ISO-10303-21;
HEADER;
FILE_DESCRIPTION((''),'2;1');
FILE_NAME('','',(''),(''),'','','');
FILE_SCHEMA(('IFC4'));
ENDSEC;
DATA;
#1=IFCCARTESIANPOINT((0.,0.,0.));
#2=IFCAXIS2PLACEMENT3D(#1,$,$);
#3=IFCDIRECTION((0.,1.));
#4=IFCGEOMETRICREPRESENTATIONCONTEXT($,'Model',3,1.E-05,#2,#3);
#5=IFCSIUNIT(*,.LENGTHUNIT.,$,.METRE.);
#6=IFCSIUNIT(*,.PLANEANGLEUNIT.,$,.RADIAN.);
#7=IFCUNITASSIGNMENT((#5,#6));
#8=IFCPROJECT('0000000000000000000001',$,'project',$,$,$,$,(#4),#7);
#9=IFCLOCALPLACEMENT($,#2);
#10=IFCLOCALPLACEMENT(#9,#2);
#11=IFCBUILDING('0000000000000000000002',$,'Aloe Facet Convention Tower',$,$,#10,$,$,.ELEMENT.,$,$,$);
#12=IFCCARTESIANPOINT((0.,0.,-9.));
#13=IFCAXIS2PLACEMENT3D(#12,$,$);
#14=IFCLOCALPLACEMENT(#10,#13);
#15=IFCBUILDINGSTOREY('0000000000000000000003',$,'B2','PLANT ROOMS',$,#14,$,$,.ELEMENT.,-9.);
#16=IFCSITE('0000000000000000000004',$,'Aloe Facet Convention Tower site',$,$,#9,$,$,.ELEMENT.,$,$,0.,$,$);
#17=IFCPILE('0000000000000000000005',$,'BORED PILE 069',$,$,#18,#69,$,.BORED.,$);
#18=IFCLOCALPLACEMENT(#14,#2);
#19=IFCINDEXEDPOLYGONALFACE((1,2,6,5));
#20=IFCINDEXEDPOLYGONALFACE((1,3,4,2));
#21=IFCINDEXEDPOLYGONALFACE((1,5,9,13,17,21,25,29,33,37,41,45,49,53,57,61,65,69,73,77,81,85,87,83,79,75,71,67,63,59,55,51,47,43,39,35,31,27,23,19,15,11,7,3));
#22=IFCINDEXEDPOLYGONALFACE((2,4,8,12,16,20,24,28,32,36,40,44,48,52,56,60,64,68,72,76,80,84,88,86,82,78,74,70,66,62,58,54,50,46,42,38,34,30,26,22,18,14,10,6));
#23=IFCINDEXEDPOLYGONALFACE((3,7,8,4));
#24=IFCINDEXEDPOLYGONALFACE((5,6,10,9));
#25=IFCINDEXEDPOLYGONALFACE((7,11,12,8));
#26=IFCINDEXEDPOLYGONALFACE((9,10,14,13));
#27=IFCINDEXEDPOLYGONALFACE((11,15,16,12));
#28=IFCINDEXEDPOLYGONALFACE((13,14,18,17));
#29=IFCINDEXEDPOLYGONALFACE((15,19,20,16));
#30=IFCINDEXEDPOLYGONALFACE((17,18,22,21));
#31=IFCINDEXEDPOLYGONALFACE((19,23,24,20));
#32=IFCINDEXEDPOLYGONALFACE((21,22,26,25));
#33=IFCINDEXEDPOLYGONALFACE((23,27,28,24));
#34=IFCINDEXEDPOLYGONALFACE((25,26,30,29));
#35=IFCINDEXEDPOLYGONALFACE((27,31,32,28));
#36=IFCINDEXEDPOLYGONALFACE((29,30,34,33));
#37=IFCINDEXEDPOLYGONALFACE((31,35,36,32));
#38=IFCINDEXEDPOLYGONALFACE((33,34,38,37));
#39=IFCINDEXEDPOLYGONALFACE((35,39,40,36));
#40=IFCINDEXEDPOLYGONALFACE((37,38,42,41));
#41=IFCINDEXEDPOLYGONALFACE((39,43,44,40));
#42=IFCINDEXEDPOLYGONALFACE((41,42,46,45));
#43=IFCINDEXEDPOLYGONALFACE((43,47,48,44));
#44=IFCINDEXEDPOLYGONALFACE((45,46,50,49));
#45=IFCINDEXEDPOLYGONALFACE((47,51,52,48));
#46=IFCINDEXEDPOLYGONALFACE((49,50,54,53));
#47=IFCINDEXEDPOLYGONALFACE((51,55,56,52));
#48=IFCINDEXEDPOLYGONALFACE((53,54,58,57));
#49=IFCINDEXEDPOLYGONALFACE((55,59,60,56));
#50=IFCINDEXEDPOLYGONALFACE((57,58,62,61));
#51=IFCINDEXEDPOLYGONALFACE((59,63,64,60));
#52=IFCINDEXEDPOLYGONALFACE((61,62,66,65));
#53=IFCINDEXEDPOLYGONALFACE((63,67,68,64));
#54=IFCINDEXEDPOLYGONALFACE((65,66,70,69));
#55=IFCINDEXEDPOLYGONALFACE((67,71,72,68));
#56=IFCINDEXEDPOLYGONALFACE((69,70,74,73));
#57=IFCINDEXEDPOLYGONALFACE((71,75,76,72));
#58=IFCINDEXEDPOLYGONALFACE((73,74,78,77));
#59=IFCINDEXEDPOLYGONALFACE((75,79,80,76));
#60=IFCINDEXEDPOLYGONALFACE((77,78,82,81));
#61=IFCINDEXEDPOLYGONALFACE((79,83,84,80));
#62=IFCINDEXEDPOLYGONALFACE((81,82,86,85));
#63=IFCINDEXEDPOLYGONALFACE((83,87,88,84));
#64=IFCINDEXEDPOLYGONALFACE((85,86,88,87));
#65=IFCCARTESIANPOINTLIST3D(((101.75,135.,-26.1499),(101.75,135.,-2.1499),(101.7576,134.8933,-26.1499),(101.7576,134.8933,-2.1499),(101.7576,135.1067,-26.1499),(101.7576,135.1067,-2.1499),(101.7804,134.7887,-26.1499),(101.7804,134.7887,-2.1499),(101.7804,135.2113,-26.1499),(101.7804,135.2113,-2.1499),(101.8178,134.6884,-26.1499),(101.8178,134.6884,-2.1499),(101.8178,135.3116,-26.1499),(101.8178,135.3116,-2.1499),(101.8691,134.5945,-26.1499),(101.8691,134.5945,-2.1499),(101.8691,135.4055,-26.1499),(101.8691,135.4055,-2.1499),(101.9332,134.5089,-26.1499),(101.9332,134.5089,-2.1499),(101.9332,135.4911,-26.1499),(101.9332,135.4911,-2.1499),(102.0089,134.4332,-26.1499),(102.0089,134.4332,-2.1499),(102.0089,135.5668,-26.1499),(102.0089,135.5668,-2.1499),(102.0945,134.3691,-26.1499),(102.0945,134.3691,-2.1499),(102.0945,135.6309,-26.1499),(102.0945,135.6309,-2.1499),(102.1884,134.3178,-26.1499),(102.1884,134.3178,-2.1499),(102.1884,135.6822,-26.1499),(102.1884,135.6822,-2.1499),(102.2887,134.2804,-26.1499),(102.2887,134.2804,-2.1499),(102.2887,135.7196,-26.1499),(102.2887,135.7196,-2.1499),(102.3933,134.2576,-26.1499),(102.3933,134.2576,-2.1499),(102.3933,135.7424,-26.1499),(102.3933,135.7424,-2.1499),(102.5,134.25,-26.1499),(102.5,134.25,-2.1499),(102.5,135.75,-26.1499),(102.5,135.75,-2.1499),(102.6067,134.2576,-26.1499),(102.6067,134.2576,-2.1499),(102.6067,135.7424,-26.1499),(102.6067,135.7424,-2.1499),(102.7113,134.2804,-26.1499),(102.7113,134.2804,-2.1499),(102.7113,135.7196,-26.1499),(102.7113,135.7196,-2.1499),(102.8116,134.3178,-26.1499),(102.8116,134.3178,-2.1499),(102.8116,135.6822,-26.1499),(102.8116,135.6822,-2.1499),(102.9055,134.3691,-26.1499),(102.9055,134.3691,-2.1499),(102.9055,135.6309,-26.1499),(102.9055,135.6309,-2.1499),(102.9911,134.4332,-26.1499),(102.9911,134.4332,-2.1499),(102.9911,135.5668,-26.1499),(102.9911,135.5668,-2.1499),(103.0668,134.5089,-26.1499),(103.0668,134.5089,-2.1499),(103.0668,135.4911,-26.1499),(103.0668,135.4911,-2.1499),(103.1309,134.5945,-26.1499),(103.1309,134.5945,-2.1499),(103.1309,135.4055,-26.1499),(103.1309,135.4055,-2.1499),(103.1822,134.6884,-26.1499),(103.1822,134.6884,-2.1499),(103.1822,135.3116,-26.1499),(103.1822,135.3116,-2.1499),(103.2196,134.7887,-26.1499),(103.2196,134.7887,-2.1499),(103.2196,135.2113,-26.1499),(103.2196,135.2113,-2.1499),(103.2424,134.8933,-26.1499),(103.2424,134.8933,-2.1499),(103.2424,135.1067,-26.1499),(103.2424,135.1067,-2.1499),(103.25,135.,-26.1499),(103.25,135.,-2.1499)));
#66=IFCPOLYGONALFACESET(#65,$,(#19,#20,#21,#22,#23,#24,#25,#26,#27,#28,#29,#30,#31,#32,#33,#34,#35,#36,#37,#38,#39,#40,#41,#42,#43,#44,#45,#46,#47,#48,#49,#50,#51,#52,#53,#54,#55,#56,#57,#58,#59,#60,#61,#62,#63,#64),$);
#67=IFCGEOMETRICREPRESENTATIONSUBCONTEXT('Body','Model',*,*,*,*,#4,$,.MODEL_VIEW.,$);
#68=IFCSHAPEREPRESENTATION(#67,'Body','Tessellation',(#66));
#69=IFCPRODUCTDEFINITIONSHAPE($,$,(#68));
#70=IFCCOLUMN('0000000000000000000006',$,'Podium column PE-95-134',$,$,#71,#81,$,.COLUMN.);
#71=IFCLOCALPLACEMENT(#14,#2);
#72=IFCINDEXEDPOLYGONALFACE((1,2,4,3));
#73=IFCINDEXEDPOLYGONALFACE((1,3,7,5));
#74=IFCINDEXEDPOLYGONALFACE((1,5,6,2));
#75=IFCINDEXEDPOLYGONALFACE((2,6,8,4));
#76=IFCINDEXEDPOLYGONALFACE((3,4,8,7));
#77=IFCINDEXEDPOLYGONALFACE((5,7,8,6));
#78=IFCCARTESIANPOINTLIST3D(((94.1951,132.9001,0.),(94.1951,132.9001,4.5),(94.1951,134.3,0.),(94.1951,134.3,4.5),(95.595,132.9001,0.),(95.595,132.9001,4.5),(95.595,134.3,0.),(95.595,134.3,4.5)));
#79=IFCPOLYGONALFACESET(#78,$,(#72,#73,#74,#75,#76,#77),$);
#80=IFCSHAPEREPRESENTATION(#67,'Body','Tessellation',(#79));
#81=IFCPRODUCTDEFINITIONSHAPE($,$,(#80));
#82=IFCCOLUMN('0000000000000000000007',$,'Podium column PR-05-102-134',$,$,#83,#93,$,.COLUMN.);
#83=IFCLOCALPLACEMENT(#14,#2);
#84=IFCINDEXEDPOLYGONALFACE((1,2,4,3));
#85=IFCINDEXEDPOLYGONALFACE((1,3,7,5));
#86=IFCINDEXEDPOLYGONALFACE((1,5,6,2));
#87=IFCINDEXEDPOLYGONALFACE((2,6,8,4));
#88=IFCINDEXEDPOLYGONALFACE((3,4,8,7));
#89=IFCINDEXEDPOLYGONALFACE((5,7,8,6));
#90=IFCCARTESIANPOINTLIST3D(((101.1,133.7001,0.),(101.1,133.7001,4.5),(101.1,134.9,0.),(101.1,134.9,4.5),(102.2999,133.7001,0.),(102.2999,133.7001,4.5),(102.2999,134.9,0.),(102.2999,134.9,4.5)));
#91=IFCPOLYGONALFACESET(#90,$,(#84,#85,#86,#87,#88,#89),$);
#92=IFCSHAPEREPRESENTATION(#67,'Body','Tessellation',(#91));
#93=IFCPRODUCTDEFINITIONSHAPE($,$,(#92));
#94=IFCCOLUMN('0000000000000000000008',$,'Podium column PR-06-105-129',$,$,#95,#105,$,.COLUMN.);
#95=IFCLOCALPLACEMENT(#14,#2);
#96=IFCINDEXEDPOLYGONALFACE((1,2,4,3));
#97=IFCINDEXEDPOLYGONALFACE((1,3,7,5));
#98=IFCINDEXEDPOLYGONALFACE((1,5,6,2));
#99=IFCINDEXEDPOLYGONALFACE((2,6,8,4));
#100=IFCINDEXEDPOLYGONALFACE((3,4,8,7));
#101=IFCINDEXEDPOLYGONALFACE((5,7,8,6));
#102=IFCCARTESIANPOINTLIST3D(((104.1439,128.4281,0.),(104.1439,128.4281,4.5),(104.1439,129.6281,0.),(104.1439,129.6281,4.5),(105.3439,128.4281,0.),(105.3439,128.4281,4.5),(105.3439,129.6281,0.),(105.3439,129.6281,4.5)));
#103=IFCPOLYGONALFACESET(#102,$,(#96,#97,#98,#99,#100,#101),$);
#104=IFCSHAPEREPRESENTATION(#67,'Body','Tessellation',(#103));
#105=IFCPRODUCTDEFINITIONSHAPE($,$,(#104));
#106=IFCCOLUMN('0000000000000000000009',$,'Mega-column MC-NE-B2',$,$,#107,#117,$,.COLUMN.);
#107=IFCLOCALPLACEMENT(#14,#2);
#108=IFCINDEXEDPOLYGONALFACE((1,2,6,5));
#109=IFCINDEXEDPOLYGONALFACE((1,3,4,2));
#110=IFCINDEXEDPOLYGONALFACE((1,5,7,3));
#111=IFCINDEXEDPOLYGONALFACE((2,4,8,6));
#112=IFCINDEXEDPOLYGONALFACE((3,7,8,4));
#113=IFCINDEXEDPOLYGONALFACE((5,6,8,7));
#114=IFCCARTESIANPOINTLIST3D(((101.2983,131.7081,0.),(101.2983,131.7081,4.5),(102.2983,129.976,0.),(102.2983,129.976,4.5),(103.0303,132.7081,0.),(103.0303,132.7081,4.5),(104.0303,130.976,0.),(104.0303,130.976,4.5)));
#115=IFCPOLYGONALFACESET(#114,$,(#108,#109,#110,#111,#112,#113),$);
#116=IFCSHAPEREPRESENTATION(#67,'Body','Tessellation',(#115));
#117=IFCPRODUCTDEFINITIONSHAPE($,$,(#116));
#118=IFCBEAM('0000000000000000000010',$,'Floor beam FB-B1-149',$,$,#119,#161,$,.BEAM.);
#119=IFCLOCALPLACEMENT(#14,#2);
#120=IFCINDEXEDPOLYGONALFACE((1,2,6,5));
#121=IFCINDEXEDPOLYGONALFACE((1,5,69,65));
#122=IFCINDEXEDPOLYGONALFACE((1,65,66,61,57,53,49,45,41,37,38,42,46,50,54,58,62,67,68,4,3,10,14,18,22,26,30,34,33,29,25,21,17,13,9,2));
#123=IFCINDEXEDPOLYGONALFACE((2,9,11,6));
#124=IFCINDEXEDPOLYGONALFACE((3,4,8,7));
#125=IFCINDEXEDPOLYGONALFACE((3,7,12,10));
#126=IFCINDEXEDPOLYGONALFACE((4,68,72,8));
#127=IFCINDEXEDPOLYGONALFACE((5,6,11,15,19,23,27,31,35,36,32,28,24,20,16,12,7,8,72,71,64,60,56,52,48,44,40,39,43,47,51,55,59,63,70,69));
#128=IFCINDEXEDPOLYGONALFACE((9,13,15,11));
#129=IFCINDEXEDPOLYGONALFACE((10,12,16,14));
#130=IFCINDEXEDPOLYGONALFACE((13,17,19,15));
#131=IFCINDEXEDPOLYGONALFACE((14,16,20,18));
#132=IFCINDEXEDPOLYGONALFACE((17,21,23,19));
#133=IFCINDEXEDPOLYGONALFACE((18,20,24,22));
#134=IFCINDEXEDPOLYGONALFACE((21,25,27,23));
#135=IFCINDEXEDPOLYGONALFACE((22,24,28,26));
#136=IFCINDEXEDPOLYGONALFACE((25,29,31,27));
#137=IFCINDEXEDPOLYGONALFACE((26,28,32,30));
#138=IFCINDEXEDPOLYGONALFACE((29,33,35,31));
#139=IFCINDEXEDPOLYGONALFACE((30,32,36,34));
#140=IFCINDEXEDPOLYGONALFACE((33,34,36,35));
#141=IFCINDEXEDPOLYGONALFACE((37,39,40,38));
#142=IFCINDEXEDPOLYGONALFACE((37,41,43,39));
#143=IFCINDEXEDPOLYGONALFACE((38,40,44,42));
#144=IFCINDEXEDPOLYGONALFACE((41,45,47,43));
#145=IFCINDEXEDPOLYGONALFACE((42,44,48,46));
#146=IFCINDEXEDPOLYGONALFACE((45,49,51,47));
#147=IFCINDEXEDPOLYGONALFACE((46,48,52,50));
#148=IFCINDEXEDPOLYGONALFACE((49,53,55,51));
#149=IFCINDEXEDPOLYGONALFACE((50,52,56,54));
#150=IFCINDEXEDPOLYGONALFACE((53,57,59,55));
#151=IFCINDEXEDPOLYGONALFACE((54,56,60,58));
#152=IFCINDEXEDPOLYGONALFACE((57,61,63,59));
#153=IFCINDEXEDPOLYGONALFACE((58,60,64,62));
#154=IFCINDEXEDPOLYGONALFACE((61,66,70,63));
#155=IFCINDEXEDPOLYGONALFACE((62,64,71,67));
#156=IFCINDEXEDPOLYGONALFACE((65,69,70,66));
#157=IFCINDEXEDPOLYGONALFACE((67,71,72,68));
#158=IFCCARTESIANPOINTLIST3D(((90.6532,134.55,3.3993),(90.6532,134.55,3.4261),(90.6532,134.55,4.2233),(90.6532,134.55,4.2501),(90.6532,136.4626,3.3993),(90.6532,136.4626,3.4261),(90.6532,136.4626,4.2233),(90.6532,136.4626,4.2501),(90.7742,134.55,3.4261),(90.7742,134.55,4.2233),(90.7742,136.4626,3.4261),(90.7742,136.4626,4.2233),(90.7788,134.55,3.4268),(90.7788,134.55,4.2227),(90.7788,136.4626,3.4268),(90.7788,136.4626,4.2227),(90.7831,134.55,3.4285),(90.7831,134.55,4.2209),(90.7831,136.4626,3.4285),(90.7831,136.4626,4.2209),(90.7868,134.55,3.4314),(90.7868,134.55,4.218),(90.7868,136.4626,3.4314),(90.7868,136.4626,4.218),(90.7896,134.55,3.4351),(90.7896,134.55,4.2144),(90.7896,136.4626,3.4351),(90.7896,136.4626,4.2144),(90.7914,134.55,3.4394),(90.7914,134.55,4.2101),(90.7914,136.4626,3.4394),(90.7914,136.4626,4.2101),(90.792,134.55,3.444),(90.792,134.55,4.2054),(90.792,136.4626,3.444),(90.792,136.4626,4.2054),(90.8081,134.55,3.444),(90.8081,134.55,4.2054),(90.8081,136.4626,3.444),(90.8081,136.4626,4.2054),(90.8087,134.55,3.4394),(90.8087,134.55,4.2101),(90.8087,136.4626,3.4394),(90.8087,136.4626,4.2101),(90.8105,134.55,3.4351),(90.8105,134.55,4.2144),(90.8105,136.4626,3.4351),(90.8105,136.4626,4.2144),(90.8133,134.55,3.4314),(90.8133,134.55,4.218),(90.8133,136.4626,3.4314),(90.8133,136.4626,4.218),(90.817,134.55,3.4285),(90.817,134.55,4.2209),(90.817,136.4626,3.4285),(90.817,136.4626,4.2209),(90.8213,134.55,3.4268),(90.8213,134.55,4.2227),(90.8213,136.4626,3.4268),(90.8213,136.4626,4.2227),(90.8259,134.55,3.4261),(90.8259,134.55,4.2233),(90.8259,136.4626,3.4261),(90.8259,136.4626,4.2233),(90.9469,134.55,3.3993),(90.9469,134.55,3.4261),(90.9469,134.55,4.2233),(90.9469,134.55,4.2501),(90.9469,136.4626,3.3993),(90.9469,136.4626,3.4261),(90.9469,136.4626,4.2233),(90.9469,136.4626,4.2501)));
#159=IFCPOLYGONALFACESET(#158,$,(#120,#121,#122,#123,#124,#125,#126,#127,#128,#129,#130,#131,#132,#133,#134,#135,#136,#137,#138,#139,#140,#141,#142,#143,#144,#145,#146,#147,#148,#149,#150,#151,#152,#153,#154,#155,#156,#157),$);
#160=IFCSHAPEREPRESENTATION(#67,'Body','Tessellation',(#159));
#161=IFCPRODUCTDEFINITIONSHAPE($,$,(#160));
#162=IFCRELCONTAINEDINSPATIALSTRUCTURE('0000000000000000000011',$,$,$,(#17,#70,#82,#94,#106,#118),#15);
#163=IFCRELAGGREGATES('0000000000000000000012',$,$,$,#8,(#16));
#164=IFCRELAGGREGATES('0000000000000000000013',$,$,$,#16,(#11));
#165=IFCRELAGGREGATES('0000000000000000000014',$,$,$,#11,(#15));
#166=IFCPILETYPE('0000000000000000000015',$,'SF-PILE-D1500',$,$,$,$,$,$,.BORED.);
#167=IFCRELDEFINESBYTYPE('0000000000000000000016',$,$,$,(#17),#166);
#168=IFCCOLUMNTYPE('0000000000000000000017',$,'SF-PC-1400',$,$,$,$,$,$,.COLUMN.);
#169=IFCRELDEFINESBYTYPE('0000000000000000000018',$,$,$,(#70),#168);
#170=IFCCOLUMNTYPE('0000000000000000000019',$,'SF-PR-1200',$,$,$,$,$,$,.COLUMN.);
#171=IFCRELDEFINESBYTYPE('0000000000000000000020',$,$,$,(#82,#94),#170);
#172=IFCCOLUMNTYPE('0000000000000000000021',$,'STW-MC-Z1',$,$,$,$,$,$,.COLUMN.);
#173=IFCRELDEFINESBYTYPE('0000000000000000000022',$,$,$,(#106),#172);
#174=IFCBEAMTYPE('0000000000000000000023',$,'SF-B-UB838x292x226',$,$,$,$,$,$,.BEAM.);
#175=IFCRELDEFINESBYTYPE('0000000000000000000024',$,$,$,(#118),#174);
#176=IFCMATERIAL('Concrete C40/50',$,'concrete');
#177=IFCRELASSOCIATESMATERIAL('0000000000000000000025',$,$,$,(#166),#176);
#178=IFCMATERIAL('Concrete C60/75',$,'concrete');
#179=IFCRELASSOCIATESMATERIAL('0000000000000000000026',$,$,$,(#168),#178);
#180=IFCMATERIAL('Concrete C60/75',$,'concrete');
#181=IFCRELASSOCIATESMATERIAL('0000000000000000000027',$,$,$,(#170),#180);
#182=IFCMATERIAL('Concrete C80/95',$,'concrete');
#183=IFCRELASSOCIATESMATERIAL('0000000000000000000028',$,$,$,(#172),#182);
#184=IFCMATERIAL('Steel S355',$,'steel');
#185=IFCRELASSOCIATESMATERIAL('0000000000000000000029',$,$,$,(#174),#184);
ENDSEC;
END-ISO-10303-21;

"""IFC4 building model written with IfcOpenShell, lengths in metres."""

from ifc_helpers import new_model, si_unit, direction, frame, origin, origin_2d, place, context, subcontext, project, spatial, rectangle, circle, i_section, extrude, material, material_profile, profile_set, type_object, element, save


model = new_model("IFC4")

# Units and contexts
model_context = context("Model", 3, precision=1e-05, world=origin(), true_north=direction((0.0, 1.0)))
body_context = subcontext(model_context, "Body", "Model", "MODEL_VIEW")
ifc_project = project(units=[si_unit("LENGTHUNIT", "METRE"), si_unit("PLANEANGLEUNIT", "RADIAN")], contexts=[model_context])

# Site, building, storey
site_placement = place(None, origin())
site = spatial("IfcSite", under=ifc_project, at=site_placement, Name="Aloe Facet Convention Tower site", CompositionType="ELEMENT", RefElevation=0.0)
building_placement = place(site_placement, origin())
building = spatial("IfcBuilding", under=site, at=building_placement, Name="Aloe Facet Convention Tower", CompositionType="ELEMENT")
storey_placement = place(building_placement, frame((0.0, 0.0, -9.0)))
storey = spatial("IfcBuildingStorey", under=building, at=storey_placement, Name="B2", Description="PLANT ROOMS", CompositionType="ELEMENT", Elevation=-9.0)

# Pile
ifc_material_1 = material(Name="Concrete C40/50", Category="concrete")
ifc_material_profile_1 = material_profile(ifc_material_1, circle(Radius=0.75, at=origin_2d()), Name="D1500")
ifc_profile_set_1 = profile_set([ifc_material_profile_1], Name="Concrete C40/50")
pile_type = type_object("IfcPileType", Name="SF-PILE-D1500", PredefinedType="BORED", material=ifc_profile_set_1)
for number, where, z_axis, x_axis, name in (
    (1, (102.5, 135.0, -2.1499), (0.0, 0.0, -1.0), (1.0, 0.0, 0.0), "BORED PILE 069"),
):
    element("IfcPile", number, at=place(storey_placement, frame(where, z_axis=z_axis, x_axis=x_axis)), inside=storey, type_object=pile_type, Name=name, PredefinedType="BORED", context=body_context, shape_type="SweptSolid", body=[
        extrude(circle(Radius=0.75, at=origin_2d()), origin(), (0.0, 0.0, 1.0), 24.0),
    ])

# Columns
ifc_material_2 = material(Name="Concrete C60/75", Category="concrete")
ifc_material_profile_2 = material_profile(ifc_material_2, rectangle(XDim=1.3999, YDim=1.3999, at=origin_2d()), Name="SF-PC-1400")
ifc_profile_set_2 = profile_set([ifc_material_profile_2], Name="Concrete C60/75")
column_type_1 = type_object("IfcColumnType", Name="SF-PC-1400", PredefinedType="COLUMN", material=ifc_profile_set_2)
column_1_placement = place(storey_placement, frame((94.895, 133.6001, 0.0), z_axis=(0.0, 0.0, 1.0), x_axis=(1.0, 0.0, 0.0)))
element("IfcColumn", 2, at=column_1_placement, inside=storey, type_object=column_type_1, Name="Podium column PE-95-134", PredefinedType="COLUMN", context=body_context, shape_type="SweptSolid", body=[
    extrude(rectangle(XDim=1.3999, YDim=1.3999, at=origin_2d()), origin(), (0.0, 0.0, 1.0), 4.5),
])
ifc_material_3 = material(Name="Concrete C60/75", Category="concrete")
ifc_material_profile_3 = material_profile(ifc_material_3, rectangle(XDim=1.2, YDim=1.2, at=origin_2d()), Name="SF-PR-1200")
ifc_profile_set_3 = profile_set([ifc_material_profile_3], Name="Concrete C60/75")
column_type_2 = type_object("IfcColumnType", Name="SF-PR-1200", PredefinedType="COLUMN", material=ifc_profile_set_3)
for number, where, z_axis, x_axis, name in (
    (3, (101.7, 134.3, 0.0), (0.0, 0.0, 1.0), (1.0, 0.0, 0.0), "Podium column PR-05-102-134"),
    (4, (104.7439, 129.0281, 0.0), (0.0, 0.0, 1.0), (1.0, 0.0, 0.0), "Podium column PR-06-105-129"),
):
    element("IfcColumn", number, at=place(storey_placement, frame(where, z_axis=z_axis, x_axis=x_axis)), inside=storey, type_object=column_type_2, Name=name, PredefinedType="COLUMN", context=body_context, shape_type="SweptSolid", body=[
        extrude(rectangle(XDim=1.2, YDim=1.2, at=origin_2d()), origin(), (0.0, 0.0, 1.0), 4.5),
    ])
ifc_material_4 = material(Name="Concrete C80/95", Category="concrete")
ifc_material_profile_4 = material_profile(ifc_material_4, rectangle(XDim=2.0, YDim=2.0, at=origin_2d()), Name="STW-MC-Z1")
ifc_profile_set_4 = profile_set([ifc_material_profile_4], Name="Concrete C80/95")
column_type_3 = type_object("IfcColumnType", Name="STW-MC-Z1", PredefinedType="COLUMN", material=ifc_profile_set_4)
column_2_placement = place(storey_placement, frame((102.6643, 131.342, 0.0), z_axis=(0.0, 0.0, 1.0), x_axis=(-0.5, 0.866025, 0.0)))
element("IfcColumn", 5, at=column_2_placement, inside=storey, type_object=column_type_3, Name="Mega-column MC-NE-B2", PredefinedType="COLUMN", context=body_context, shape_type="SweptSolid", body=[
    extrude(rectangle(XDim=2.0, YDim=2.0, at=origin_2d()), origin(), (0.0, 0.0, 1.0), 4.5),
])

# Beam
ifc_material_5 = material(Name="Steel S355", Category="steel")
ifc_material_profile_5 = material_profile(ifc_material_5, i_section(OverallWidth=0.2937, OverallDepth=0.8508, WebThickness=0.0161, FlangeThickness=0.0269, FilletRadius=0.0178, at=origin_2d()), Name="UB 838x292x226")
ifc_profile_set_5 = profile_set([ifc_material_profile_5], Name="Steel S355")
beam_type = type_object("IfcBeamType", Name="SF-B-UB838x292x226", PredefinedType="BEAM", material=ifc_profile_set_5)
beam_1_placement = place(storey_placement, frame((90.8, 134.55, 3.8247), z_axis=(0.0, 1.0, 0.0), x_axis=(-1.0, 0.0, 0.0)))
element("IfcBeam", 6, at=beam_1_placement, inside=storey, type_object=beam_type, Name="Floor beam FB-B1-149", PredefinedType="BEAM", context=body_context, shape_type="SweptSolid", body=[
    extrude(i_section(OverallWidth=0.2937, OverallDepth=0.8508, WebThickness=0.0161, FlangeThickness=0.0269, FilletRadius=0.0178, at=origin_2d()), origin(), (0.0, 0.0, 1.0), 1.9126),
])

save(model, "model.ifc")
